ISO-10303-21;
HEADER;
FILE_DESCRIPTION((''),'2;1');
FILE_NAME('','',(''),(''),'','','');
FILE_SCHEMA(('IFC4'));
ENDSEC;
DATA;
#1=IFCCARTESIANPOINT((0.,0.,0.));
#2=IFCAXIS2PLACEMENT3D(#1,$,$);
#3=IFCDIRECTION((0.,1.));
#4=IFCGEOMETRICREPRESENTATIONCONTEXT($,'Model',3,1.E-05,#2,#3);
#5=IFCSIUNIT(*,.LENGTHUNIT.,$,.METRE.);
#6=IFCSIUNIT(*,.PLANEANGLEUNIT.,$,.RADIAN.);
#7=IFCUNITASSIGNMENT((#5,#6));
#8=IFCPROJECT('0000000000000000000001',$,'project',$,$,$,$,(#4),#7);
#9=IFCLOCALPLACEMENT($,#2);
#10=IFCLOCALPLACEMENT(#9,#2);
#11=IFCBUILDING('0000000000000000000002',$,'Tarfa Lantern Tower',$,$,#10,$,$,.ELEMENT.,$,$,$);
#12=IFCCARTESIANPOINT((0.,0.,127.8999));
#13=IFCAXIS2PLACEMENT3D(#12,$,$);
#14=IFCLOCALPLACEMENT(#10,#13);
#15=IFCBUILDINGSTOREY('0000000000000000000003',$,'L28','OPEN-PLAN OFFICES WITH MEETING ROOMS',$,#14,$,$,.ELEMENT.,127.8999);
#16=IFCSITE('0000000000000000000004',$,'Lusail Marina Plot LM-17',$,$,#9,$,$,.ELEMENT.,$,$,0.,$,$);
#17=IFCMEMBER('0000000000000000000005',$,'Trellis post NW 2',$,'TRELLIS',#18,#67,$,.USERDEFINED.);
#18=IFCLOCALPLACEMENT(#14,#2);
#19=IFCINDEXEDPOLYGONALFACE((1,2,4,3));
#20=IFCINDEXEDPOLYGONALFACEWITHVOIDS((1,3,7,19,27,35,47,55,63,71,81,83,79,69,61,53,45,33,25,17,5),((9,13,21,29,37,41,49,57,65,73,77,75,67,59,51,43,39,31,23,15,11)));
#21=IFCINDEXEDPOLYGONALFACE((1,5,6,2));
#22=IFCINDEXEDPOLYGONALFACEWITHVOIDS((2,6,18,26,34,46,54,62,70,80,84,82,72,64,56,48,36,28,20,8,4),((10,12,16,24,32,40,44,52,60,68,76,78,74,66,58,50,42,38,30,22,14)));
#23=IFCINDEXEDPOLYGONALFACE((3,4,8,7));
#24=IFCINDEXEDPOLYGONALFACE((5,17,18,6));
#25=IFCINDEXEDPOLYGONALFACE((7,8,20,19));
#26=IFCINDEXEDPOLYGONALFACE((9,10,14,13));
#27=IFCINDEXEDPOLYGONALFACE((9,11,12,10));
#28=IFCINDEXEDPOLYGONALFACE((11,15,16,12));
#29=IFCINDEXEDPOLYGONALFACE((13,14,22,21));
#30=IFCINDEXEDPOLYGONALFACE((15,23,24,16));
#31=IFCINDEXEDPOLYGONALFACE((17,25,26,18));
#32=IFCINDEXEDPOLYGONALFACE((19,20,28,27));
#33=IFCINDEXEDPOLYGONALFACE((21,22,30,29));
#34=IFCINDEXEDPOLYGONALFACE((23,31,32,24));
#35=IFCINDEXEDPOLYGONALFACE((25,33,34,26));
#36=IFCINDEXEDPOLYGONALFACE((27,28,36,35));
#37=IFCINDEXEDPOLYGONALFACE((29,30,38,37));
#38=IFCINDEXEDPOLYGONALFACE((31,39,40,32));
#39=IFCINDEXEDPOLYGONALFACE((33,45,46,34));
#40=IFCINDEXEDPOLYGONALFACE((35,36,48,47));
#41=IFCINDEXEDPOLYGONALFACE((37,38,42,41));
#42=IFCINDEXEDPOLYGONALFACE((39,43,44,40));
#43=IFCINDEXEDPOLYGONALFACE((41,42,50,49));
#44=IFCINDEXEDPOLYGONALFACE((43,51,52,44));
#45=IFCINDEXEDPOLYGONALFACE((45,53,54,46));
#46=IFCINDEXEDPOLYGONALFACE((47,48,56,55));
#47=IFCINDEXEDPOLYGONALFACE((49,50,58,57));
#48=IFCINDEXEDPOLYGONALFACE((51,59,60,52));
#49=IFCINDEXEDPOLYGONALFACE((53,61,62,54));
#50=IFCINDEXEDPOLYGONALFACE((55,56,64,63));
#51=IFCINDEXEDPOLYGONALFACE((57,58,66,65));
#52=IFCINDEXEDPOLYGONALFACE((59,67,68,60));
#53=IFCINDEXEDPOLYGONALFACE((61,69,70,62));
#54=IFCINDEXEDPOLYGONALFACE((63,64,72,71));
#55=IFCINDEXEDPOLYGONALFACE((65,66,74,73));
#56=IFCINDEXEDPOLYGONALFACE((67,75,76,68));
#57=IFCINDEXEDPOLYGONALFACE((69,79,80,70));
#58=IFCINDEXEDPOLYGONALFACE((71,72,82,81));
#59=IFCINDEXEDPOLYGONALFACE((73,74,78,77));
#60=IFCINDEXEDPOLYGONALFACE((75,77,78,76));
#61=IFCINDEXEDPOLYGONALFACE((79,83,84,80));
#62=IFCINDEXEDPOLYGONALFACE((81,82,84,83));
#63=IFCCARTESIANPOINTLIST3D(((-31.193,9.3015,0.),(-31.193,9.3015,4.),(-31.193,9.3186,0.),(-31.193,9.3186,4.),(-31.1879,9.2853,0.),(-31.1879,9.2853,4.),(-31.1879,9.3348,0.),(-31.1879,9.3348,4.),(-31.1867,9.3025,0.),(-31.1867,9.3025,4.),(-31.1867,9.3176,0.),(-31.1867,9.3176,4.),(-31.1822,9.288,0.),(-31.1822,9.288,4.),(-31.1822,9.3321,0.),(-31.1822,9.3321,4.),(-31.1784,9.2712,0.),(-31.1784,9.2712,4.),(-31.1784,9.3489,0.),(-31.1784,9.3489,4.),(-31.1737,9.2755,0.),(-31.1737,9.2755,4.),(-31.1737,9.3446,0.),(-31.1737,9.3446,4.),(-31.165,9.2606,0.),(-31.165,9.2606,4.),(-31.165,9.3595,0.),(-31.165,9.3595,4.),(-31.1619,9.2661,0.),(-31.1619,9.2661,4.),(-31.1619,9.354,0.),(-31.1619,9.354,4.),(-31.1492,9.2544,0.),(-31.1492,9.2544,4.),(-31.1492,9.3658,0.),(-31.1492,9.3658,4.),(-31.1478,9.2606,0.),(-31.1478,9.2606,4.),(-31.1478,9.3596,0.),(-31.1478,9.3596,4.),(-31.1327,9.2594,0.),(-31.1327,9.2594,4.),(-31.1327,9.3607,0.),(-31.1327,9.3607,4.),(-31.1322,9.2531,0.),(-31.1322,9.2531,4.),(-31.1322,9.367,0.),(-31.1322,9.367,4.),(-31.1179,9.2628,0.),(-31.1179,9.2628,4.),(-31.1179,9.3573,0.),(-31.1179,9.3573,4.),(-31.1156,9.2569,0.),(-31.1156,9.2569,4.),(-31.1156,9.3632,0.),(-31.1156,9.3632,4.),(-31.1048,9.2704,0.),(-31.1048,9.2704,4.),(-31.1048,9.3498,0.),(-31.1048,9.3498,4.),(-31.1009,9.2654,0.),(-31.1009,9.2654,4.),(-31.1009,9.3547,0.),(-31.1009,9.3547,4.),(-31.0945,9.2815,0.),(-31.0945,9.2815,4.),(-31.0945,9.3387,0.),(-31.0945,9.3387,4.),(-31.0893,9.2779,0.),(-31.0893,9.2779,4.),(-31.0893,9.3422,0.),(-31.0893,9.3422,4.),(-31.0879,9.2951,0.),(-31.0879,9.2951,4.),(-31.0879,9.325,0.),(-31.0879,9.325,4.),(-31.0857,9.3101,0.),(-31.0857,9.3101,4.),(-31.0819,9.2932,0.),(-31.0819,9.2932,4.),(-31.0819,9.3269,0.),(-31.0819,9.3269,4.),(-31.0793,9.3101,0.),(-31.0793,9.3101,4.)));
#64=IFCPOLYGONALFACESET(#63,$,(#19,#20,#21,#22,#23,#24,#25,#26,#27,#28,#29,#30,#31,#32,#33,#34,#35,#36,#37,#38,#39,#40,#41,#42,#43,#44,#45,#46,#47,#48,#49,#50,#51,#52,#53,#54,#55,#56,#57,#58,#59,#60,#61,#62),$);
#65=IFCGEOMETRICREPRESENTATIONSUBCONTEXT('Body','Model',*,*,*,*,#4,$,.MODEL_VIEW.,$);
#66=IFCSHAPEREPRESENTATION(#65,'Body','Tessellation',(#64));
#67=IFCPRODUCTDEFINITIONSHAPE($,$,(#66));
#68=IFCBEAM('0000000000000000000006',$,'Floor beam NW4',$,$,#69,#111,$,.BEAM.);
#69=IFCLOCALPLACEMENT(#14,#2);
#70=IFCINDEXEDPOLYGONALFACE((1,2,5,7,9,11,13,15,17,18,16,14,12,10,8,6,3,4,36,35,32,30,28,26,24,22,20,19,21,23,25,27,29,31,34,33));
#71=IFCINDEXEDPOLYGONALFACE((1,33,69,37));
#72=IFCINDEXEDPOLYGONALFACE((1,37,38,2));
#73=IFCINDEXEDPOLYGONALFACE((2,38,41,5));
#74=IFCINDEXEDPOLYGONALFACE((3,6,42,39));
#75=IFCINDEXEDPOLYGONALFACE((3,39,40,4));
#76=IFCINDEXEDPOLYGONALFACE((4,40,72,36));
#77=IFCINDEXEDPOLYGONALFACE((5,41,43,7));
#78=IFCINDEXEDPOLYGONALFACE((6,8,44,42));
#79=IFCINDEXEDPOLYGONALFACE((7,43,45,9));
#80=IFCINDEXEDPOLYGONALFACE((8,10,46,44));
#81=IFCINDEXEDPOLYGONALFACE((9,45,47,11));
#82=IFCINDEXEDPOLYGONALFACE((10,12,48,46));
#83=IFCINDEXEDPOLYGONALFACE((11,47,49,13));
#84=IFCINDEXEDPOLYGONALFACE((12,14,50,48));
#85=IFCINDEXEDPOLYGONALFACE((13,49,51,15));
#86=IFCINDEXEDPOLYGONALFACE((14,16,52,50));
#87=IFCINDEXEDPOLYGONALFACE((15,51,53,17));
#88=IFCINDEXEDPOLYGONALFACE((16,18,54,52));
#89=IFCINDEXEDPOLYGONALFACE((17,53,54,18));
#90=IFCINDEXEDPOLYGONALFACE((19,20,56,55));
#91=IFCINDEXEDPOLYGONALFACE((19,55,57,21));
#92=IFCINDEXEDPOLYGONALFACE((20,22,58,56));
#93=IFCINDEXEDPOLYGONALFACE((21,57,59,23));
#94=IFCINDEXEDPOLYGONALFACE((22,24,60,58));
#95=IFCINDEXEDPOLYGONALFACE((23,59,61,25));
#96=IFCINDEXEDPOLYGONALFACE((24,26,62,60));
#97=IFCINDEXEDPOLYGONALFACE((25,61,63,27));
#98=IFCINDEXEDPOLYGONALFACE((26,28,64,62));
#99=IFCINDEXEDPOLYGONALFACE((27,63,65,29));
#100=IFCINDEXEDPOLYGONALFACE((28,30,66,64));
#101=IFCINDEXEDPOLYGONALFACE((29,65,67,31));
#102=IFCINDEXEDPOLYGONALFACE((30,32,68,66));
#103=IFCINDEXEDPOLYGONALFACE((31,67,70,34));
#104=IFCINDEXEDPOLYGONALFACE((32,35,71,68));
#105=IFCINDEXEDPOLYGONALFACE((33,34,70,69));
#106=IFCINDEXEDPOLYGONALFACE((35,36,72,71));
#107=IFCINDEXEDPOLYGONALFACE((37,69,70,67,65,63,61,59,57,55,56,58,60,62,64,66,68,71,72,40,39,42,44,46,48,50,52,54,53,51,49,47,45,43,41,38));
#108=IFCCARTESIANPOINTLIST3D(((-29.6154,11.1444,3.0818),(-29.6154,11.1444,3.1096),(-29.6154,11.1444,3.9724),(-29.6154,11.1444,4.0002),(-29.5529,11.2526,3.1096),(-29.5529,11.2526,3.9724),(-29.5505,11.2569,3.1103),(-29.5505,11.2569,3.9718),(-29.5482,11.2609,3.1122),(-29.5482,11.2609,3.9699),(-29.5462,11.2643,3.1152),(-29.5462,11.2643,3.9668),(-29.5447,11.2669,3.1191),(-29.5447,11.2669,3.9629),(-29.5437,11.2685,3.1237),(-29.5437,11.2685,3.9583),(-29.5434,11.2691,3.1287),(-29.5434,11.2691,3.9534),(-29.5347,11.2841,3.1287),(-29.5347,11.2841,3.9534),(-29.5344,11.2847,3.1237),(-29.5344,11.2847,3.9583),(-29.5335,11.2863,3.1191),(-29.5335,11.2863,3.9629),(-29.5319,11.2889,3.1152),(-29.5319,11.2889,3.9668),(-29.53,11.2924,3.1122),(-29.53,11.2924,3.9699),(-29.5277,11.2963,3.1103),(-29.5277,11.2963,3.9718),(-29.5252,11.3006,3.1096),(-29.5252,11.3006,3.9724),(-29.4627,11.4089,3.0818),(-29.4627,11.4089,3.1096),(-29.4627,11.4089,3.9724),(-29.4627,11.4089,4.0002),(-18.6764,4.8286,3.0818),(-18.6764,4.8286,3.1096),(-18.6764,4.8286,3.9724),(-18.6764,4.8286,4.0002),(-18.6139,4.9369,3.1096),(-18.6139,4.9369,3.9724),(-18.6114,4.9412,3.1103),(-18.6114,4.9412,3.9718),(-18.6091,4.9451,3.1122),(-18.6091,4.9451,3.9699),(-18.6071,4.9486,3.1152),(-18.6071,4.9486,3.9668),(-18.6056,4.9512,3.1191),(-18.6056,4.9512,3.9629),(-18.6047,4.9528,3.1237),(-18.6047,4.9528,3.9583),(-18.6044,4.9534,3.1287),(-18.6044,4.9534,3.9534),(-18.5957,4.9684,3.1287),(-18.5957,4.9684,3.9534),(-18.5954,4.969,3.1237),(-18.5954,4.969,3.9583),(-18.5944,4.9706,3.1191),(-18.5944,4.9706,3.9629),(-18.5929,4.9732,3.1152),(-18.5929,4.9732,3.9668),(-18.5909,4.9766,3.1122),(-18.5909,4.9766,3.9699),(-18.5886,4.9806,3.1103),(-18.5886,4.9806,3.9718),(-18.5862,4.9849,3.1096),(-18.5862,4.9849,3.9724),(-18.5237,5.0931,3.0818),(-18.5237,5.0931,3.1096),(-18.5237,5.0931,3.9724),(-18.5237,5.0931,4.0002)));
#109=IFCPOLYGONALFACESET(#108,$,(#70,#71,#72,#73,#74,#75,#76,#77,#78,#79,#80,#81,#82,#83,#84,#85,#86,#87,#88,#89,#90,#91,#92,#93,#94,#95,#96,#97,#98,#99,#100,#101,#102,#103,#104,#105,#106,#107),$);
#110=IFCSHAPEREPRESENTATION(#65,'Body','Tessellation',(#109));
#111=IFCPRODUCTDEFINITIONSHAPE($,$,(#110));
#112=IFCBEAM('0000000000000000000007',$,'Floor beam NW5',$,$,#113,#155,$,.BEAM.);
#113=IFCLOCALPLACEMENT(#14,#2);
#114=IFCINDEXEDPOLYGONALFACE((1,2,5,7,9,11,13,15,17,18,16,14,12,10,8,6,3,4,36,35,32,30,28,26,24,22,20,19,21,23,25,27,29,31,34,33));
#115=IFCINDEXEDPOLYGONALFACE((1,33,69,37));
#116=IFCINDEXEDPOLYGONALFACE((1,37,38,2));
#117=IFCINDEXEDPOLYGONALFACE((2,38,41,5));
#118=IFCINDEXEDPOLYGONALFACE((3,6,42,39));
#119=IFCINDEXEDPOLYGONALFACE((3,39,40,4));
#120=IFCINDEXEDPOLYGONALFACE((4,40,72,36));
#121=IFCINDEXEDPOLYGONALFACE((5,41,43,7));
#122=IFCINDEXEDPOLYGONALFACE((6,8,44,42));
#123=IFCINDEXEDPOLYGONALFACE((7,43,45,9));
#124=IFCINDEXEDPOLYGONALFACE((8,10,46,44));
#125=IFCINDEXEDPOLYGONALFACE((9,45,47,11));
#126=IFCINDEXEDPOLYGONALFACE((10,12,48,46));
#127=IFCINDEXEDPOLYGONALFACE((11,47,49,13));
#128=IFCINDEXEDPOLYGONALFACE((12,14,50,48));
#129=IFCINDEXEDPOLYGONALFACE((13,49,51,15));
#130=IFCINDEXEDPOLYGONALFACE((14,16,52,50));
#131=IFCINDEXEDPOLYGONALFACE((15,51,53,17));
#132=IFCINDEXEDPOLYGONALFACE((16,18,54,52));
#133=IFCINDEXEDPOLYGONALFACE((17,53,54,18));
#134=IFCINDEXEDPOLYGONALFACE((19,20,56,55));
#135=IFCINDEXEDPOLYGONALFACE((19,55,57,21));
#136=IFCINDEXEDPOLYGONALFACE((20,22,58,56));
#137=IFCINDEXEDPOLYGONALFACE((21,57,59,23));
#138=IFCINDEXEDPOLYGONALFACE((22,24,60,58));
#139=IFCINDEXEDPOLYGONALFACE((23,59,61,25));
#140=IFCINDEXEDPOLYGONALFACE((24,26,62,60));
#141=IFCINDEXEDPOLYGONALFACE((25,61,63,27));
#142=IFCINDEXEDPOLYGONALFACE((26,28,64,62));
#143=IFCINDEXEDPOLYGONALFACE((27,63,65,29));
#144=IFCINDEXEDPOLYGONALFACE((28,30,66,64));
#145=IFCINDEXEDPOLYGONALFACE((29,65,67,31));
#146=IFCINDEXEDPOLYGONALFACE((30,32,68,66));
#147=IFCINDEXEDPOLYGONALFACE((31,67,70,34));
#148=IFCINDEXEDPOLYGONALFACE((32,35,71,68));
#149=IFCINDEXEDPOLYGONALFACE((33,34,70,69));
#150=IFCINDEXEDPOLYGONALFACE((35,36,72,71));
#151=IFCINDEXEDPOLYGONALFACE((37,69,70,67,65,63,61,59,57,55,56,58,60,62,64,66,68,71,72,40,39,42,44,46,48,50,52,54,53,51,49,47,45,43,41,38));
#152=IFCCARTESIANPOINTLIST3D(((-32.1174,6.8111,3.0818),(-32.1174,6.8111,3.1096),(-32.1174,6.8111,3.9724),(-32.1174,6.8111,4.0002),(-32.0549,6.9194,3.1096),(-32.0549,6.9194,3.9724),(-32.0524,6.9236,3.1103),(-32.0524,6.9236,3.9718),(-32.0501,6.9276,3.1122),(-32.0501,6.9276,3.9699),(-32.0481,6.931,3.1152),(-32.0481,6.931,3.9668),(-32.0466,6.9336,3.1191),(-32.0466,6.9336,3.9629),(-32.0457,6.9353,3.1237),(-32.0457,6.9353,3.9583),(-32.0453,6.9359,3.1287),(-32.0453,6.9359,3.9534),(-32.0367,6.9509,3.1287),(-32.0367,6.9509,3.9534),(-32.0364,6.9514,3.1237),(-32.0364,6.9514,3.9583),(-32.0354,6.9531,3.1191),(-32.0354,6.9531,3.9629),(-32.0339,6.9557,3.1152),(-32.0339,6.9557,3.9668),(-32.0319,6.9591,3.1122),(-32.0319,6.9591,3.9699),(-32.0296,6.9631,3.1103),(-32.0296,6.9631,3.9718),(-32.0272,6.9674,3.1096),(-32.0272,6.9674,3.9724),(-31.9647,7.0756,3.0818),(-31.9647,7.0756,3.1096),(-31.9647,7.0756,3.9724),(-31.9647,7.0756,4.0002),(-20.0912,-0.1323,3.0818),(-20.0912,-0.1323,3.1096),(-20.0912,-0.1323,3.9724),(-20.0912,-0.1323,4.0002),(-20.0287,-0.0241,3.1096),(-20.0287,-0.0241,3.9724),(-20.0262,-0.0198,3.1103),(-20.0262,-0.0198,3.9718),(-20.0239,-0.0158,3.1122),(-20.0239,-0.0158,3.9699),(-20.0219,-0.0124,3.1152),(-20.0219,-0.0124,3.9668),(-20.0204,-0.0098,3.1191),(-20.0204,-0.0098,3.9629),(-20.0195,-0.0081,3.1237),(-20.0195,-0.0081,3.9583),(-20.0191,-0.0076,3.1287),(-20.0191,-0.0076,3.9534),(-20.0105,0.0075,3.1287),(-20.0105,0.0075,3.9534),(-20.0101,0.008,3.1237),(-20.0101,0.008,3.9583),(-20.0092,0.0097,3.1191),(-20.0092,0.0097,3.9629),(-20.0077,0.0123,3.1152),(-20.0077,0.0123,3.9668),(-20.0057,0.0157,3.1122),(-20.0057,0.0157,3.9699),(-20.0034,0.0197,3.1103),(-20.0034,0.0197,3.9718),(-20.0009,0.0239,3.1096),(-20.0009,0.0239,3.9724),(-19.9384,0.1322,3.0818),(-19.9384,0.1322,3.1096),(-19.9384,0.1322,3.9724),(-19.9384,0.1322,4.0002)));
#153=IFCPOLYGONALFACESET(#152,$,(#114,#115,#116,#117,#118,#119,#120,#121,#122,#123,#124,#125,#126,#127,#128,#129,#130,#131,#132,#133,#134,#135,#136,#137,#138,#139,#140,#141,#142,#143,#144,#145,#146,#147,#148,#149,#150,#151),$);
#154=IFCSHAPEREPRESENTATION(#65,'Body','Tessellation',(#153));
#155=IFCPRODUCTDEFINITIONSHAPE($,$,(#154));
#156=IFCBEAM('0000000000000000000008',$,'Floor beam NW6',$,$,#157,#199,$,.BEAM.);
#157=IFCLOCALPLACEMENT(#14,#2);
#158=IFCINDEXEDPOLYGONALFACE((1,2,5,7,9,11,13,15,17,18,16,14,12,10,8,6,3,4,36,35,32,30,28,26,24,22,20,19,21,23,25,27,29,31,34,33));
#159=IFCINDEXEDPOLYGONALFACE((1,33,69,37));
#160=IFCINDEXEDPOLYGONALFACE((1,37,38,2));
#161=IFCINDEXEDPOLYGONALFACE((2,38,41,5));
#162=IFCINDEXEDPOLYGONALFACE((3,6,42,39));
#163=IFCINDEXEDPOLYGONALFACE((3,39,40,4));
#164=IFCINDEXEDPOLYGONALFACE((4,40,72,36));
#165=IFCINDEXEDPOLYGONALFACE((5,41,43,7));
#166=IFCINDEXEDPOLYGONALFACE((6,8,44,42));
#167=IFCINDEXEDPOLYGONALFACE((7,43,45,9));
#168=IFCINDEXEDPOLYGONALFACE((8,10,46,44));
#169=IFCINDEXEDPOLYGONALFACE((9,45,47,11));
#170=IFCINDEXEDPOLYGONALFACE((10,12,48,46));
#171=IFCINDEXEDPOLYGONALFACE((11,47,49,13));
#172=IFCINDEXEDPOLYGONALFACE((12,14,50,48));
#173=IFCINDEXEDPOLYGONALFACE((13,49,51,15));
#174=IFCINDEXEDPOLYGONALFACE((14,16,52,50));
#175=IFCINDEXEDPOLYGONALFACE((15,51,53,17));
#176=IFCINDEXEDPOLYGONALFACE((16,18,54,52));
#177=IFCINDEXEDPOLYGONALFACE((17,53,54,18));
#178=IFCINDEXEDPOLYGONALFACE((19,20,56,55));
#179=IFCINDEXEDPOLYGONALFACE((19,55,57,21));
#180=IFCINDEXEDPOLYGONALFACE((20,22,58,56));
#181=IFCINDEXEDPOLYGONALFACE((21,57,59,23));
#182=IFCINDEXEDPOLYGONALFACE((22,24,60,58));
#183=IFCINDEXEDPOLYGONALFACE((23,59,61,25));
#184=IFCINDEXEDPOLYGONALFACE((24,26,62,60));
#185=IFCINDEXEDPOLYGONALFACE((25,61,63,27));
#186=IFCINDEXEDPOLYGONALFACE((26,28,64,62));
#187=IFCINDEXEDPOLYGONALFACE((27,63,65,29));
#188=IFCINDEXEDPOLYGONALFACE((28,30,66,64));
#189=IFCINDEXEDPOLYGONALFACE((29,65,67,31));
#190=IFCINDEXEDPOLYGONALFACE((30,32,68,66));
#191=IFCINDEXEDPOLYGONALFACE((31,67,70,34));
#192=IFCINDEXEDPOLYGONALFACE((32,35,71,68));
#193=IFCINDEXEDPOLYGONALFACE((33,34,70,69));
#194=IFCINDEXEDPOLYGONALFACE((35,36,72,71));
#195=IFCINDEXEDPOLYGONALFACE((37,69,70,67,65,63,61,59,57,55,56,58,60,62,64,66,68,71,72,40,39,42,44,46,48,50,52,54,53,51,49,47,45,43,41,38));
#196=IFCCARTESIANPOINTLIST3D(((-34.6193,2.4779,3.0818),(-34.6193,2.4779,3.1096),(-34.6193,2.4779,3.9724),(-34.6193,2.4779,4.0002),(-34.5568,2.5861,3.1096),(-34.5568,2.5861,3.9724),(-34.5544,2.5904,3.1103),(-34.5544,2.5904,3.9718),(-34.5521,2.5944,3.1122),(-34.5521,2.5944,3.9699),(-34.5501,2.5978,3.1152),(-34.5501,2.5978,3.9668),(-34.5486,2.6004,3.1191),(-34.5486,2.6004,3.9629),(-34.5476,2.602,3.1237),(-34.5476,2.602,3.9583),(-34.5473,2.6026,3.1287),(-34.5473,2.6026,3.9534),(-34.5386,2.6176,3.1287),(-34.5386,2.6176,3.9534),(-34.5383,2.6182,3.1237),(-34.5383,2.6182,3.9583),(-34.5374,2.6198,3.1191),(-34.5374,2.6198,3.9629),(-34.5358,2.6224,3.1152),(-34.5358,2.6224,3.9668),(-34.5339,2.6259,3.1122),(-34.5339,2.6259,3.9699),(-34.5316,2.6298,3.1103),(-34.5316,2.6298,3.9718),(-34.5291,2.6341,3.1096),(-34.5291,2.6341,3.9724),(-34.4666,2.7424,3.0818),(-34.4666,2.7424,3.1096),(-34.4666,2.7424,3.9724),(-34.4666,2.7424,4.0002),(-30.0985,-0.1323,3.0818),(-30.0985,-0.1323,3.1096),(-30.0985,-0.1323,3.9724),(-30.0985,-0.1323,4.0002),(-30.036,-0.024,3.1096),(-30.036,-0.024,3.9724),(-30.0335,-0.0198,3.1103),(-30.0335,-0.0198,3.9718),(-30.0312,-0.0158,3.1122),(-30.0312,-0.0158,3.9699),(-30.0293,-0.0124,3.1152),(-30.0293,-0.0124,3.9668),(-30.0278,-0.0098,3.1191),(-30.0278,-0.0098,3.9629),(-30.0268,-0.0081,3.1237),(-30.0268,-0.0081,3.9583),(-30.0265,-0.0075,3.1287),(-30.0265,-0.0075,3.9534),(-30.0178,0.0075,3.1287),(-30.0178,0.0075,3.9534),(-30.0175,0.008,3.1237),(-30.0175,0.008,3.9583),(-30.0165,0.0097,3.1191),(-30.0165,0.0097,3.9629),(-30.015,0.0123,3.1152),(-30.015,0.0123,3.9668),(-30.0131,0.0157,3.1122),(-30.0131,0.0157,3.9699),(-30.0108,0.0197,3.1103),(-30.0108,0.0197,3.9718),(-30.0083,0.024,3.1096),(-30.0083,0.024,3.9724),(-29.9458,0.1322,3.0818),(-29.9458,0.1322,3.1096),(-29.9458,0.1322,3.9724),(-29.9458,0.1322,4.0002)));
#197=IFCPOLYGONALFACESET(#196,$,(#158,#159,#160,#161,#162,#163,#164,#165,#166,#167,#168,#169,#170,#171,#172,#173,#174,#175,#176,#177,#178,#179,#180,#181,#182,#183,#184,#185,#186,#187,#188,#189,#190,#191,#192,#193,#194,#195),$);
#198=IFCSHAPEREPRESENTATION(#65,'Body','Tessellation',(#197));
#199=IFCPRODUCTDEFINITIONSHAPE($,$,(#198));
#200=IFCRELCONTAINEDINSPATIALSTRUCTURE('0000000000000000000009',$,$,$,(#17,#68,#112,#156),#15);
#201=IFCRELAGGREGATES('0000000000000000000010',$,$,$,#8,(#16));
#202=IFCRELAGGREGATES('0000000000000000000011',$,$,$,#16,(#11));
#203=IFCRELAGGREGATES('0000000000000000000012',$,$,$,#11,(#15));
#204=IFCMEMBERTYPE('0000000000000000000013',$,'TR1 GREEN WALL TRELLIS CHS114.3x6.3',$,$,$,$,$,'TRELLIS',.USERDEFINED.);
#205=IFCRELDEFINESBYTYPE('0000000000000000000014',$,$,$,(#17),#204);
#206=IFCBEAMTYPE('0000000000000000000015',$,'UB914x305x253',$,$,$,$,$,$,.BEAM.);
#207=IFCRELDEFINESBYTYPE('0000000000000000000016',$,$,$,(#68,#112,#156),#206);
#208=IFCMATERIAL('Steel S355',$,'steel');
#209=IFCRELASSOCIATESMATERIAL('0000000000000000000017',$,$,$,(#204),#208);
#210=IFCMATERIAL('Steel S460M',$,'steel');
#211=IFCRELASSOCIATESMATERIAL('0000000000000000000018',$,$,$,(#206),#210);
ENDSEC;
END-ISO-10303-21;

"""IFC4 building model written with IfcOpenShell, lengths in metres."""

from ifc_helpers import new_model, si_unit, direction, frame, origin, origin_2d, place, context, subcontext, project, spatial, hollow_circle, i_section, extrude, material, material_profile, profile_set, type_object, element, save


model = new_model("IFC4")

# Units and contexts
model_context = context("Model", 3, precision=1e-05, world=origin(), true_north=direction((0.0, 1.0)))
body_context = subcontext(model_context, "Body", "Model", "MODEL_VIEW")
ifc_project = project(units=[si_unit("LENGTHUNIT", "METRE"), si_unit("PLANEANGLEUNIT", "RADIAN")], contexts=[model_context])

# Site, building, storey
site_placement = place(None, origin())
site = spatial("IfcSite", under=ifc_project, at=site_placement, Name="Lusail Marina Plot LM-17", CompositionType="ELEMENT", RefElevation=0.0)
building_placement = place(site_placement, origin())
building = spatial("IfcBuilding", under=site, at=building_placement, Name="Tarfa Lantern Tower", CompositionType="ELEMENT")
storey_placement = place(building_placement, frame((0.0, 0.0, 127.8999)))
storey = spatial("IfcBuildingStorey", under=building, at=storey_placement, Name="L28", Description="OPEN-PLAN OFFICES WITH MEETING ROOMS", CompositionType="ELEMENT", Elevation=127.8999)

# Member
ifc_material_1 = material(Name="Steel S355", Category="steel")
ifc_material_profile_1 = material_profile(ifc_material_1, hollow_circle(Radius=0.0571, WallThickness=0.0063, at=origin_2d()), Name="CHS114.3x6.3")
ifc_profile_set_1 = profile_set([ifc_material_profile_1], Name="Steel S355")
member_type_1 = type_object("IfcMemberType", Name="TR1 GREEN WALL TRELLIS CHS114.3x6.3", ElementType="TRELLIS", PredefinedType="USERDEFINED", material=ifc_profile_set_1)
member_1_placement = place(storey_placement, frame((-31.1365, 9.3101, 0.0), z_axis=(0.0, 0.0, 1.0), x_axis=(1.0, 0.0, 0.0)))
element("IfcMember", 1, at=member_1_placement, inside=storey, type_object=member_type_1, Name="Trellis post NW 2", ObjectType="TRELLIS", PredefinedType="USERDEFINED", context=body_context, shape_type="SweptSolid", body=[
    extrude(hollow_circle(Radius=0.0571, WallThickness=0.0063, at=origin_2d()), origin(), (0.0, 0.0, 1.0), 4.0),
])

# Beams
ifc_material_2 = material(Name="Steel S460M", Category="steel")
ifc_material_profile_2 = material_profile(ifc_material_2, i_section(OverallWidth=0.3054, OverallDepth=0.9185, WebThickness=0.0173, FlangeThickness=0.0278, FilletRadius=0.019, at=origin_2d()), Name="UB914x305x253")
ifc_profile_set_2 = profile_set([ifc_material_profile_2], Name="Steel S460M")
beam_type_1 = type_object("IfcBeamType", Name="UB914x305x253", PredefinedType="BEAM", material=ifc_profile_set_2)
beam_1_placement = place(storey_placement, frame((-29.5391, 11.2766, 3.541), z_axis=(0.866023, -0.500004, 0.0), x_axis=(0.500004, 0.866023, 0.0)))
element("IfcBeam", 2, at=beam_1_placement, inside=storey, type_object=beam_type_1, Name="Floor beam NW4", PredefinedType="BEAM", context=body_context, shape_type="SweptSolid", body=[
    extrude(i_section(OverallWidth=0.3054, OverallDepth=0.9185, WebThickness=0.0173, FlangeThickness=0.0278, FilletRadius=0.019, at=origin_2d()), origin(), (0.0, 0.0, 1.0), 12.6313),
])
beam_2_placement = place(storey_placement, frame((-32.041, 6.9434, 3.541), z_axis=(0.866023, -0.500004, 0.0), x_axis=(0.500004, 0.866023, 0.0)))
element("IfcBeam", 3, at=beam_2_placement, inside=storey, type_object=beam_type_1, Name="Floor beam NW5", PredefinedType="BEAM", context=body_context, shape_type="SweptSolid", body=[
    extrude(i_section(OverallWidth=0.3054, OverallDepth=0.9185, WebThickness=0.0173, FlangeThickness=0.0278, FilletRadius=0.019, at=origin_2d()), origin(), (0.0, 0.0, 1.0), 13.8867),
])
beam_3_placement = place(storey_placement, frame((-34.543, 2.6101, 3.541), z_axis=(0.866021, -0.500007, 0.0), x_axis=(0.500007, 0.866021, 0.0)))
element("IfcBeam", 4, at=beam_3_placement, inside=storey, type_object=beam_type_1, Name="Floor beam NW6", PredefinedType="BEAM", context=body_context, shape_type="SweptSolid", body=[
    extrude(i_section(OverallWidth=0.3054, OverallDepth=0.9185, WebThickness=0.0173, FlangeThickness=0.0278, FilletRadius=0.019, at=origin_2d()), origin(), (0.0, 0.0, 1.0), 5.2202),
])

save(model, "model.ifc")
